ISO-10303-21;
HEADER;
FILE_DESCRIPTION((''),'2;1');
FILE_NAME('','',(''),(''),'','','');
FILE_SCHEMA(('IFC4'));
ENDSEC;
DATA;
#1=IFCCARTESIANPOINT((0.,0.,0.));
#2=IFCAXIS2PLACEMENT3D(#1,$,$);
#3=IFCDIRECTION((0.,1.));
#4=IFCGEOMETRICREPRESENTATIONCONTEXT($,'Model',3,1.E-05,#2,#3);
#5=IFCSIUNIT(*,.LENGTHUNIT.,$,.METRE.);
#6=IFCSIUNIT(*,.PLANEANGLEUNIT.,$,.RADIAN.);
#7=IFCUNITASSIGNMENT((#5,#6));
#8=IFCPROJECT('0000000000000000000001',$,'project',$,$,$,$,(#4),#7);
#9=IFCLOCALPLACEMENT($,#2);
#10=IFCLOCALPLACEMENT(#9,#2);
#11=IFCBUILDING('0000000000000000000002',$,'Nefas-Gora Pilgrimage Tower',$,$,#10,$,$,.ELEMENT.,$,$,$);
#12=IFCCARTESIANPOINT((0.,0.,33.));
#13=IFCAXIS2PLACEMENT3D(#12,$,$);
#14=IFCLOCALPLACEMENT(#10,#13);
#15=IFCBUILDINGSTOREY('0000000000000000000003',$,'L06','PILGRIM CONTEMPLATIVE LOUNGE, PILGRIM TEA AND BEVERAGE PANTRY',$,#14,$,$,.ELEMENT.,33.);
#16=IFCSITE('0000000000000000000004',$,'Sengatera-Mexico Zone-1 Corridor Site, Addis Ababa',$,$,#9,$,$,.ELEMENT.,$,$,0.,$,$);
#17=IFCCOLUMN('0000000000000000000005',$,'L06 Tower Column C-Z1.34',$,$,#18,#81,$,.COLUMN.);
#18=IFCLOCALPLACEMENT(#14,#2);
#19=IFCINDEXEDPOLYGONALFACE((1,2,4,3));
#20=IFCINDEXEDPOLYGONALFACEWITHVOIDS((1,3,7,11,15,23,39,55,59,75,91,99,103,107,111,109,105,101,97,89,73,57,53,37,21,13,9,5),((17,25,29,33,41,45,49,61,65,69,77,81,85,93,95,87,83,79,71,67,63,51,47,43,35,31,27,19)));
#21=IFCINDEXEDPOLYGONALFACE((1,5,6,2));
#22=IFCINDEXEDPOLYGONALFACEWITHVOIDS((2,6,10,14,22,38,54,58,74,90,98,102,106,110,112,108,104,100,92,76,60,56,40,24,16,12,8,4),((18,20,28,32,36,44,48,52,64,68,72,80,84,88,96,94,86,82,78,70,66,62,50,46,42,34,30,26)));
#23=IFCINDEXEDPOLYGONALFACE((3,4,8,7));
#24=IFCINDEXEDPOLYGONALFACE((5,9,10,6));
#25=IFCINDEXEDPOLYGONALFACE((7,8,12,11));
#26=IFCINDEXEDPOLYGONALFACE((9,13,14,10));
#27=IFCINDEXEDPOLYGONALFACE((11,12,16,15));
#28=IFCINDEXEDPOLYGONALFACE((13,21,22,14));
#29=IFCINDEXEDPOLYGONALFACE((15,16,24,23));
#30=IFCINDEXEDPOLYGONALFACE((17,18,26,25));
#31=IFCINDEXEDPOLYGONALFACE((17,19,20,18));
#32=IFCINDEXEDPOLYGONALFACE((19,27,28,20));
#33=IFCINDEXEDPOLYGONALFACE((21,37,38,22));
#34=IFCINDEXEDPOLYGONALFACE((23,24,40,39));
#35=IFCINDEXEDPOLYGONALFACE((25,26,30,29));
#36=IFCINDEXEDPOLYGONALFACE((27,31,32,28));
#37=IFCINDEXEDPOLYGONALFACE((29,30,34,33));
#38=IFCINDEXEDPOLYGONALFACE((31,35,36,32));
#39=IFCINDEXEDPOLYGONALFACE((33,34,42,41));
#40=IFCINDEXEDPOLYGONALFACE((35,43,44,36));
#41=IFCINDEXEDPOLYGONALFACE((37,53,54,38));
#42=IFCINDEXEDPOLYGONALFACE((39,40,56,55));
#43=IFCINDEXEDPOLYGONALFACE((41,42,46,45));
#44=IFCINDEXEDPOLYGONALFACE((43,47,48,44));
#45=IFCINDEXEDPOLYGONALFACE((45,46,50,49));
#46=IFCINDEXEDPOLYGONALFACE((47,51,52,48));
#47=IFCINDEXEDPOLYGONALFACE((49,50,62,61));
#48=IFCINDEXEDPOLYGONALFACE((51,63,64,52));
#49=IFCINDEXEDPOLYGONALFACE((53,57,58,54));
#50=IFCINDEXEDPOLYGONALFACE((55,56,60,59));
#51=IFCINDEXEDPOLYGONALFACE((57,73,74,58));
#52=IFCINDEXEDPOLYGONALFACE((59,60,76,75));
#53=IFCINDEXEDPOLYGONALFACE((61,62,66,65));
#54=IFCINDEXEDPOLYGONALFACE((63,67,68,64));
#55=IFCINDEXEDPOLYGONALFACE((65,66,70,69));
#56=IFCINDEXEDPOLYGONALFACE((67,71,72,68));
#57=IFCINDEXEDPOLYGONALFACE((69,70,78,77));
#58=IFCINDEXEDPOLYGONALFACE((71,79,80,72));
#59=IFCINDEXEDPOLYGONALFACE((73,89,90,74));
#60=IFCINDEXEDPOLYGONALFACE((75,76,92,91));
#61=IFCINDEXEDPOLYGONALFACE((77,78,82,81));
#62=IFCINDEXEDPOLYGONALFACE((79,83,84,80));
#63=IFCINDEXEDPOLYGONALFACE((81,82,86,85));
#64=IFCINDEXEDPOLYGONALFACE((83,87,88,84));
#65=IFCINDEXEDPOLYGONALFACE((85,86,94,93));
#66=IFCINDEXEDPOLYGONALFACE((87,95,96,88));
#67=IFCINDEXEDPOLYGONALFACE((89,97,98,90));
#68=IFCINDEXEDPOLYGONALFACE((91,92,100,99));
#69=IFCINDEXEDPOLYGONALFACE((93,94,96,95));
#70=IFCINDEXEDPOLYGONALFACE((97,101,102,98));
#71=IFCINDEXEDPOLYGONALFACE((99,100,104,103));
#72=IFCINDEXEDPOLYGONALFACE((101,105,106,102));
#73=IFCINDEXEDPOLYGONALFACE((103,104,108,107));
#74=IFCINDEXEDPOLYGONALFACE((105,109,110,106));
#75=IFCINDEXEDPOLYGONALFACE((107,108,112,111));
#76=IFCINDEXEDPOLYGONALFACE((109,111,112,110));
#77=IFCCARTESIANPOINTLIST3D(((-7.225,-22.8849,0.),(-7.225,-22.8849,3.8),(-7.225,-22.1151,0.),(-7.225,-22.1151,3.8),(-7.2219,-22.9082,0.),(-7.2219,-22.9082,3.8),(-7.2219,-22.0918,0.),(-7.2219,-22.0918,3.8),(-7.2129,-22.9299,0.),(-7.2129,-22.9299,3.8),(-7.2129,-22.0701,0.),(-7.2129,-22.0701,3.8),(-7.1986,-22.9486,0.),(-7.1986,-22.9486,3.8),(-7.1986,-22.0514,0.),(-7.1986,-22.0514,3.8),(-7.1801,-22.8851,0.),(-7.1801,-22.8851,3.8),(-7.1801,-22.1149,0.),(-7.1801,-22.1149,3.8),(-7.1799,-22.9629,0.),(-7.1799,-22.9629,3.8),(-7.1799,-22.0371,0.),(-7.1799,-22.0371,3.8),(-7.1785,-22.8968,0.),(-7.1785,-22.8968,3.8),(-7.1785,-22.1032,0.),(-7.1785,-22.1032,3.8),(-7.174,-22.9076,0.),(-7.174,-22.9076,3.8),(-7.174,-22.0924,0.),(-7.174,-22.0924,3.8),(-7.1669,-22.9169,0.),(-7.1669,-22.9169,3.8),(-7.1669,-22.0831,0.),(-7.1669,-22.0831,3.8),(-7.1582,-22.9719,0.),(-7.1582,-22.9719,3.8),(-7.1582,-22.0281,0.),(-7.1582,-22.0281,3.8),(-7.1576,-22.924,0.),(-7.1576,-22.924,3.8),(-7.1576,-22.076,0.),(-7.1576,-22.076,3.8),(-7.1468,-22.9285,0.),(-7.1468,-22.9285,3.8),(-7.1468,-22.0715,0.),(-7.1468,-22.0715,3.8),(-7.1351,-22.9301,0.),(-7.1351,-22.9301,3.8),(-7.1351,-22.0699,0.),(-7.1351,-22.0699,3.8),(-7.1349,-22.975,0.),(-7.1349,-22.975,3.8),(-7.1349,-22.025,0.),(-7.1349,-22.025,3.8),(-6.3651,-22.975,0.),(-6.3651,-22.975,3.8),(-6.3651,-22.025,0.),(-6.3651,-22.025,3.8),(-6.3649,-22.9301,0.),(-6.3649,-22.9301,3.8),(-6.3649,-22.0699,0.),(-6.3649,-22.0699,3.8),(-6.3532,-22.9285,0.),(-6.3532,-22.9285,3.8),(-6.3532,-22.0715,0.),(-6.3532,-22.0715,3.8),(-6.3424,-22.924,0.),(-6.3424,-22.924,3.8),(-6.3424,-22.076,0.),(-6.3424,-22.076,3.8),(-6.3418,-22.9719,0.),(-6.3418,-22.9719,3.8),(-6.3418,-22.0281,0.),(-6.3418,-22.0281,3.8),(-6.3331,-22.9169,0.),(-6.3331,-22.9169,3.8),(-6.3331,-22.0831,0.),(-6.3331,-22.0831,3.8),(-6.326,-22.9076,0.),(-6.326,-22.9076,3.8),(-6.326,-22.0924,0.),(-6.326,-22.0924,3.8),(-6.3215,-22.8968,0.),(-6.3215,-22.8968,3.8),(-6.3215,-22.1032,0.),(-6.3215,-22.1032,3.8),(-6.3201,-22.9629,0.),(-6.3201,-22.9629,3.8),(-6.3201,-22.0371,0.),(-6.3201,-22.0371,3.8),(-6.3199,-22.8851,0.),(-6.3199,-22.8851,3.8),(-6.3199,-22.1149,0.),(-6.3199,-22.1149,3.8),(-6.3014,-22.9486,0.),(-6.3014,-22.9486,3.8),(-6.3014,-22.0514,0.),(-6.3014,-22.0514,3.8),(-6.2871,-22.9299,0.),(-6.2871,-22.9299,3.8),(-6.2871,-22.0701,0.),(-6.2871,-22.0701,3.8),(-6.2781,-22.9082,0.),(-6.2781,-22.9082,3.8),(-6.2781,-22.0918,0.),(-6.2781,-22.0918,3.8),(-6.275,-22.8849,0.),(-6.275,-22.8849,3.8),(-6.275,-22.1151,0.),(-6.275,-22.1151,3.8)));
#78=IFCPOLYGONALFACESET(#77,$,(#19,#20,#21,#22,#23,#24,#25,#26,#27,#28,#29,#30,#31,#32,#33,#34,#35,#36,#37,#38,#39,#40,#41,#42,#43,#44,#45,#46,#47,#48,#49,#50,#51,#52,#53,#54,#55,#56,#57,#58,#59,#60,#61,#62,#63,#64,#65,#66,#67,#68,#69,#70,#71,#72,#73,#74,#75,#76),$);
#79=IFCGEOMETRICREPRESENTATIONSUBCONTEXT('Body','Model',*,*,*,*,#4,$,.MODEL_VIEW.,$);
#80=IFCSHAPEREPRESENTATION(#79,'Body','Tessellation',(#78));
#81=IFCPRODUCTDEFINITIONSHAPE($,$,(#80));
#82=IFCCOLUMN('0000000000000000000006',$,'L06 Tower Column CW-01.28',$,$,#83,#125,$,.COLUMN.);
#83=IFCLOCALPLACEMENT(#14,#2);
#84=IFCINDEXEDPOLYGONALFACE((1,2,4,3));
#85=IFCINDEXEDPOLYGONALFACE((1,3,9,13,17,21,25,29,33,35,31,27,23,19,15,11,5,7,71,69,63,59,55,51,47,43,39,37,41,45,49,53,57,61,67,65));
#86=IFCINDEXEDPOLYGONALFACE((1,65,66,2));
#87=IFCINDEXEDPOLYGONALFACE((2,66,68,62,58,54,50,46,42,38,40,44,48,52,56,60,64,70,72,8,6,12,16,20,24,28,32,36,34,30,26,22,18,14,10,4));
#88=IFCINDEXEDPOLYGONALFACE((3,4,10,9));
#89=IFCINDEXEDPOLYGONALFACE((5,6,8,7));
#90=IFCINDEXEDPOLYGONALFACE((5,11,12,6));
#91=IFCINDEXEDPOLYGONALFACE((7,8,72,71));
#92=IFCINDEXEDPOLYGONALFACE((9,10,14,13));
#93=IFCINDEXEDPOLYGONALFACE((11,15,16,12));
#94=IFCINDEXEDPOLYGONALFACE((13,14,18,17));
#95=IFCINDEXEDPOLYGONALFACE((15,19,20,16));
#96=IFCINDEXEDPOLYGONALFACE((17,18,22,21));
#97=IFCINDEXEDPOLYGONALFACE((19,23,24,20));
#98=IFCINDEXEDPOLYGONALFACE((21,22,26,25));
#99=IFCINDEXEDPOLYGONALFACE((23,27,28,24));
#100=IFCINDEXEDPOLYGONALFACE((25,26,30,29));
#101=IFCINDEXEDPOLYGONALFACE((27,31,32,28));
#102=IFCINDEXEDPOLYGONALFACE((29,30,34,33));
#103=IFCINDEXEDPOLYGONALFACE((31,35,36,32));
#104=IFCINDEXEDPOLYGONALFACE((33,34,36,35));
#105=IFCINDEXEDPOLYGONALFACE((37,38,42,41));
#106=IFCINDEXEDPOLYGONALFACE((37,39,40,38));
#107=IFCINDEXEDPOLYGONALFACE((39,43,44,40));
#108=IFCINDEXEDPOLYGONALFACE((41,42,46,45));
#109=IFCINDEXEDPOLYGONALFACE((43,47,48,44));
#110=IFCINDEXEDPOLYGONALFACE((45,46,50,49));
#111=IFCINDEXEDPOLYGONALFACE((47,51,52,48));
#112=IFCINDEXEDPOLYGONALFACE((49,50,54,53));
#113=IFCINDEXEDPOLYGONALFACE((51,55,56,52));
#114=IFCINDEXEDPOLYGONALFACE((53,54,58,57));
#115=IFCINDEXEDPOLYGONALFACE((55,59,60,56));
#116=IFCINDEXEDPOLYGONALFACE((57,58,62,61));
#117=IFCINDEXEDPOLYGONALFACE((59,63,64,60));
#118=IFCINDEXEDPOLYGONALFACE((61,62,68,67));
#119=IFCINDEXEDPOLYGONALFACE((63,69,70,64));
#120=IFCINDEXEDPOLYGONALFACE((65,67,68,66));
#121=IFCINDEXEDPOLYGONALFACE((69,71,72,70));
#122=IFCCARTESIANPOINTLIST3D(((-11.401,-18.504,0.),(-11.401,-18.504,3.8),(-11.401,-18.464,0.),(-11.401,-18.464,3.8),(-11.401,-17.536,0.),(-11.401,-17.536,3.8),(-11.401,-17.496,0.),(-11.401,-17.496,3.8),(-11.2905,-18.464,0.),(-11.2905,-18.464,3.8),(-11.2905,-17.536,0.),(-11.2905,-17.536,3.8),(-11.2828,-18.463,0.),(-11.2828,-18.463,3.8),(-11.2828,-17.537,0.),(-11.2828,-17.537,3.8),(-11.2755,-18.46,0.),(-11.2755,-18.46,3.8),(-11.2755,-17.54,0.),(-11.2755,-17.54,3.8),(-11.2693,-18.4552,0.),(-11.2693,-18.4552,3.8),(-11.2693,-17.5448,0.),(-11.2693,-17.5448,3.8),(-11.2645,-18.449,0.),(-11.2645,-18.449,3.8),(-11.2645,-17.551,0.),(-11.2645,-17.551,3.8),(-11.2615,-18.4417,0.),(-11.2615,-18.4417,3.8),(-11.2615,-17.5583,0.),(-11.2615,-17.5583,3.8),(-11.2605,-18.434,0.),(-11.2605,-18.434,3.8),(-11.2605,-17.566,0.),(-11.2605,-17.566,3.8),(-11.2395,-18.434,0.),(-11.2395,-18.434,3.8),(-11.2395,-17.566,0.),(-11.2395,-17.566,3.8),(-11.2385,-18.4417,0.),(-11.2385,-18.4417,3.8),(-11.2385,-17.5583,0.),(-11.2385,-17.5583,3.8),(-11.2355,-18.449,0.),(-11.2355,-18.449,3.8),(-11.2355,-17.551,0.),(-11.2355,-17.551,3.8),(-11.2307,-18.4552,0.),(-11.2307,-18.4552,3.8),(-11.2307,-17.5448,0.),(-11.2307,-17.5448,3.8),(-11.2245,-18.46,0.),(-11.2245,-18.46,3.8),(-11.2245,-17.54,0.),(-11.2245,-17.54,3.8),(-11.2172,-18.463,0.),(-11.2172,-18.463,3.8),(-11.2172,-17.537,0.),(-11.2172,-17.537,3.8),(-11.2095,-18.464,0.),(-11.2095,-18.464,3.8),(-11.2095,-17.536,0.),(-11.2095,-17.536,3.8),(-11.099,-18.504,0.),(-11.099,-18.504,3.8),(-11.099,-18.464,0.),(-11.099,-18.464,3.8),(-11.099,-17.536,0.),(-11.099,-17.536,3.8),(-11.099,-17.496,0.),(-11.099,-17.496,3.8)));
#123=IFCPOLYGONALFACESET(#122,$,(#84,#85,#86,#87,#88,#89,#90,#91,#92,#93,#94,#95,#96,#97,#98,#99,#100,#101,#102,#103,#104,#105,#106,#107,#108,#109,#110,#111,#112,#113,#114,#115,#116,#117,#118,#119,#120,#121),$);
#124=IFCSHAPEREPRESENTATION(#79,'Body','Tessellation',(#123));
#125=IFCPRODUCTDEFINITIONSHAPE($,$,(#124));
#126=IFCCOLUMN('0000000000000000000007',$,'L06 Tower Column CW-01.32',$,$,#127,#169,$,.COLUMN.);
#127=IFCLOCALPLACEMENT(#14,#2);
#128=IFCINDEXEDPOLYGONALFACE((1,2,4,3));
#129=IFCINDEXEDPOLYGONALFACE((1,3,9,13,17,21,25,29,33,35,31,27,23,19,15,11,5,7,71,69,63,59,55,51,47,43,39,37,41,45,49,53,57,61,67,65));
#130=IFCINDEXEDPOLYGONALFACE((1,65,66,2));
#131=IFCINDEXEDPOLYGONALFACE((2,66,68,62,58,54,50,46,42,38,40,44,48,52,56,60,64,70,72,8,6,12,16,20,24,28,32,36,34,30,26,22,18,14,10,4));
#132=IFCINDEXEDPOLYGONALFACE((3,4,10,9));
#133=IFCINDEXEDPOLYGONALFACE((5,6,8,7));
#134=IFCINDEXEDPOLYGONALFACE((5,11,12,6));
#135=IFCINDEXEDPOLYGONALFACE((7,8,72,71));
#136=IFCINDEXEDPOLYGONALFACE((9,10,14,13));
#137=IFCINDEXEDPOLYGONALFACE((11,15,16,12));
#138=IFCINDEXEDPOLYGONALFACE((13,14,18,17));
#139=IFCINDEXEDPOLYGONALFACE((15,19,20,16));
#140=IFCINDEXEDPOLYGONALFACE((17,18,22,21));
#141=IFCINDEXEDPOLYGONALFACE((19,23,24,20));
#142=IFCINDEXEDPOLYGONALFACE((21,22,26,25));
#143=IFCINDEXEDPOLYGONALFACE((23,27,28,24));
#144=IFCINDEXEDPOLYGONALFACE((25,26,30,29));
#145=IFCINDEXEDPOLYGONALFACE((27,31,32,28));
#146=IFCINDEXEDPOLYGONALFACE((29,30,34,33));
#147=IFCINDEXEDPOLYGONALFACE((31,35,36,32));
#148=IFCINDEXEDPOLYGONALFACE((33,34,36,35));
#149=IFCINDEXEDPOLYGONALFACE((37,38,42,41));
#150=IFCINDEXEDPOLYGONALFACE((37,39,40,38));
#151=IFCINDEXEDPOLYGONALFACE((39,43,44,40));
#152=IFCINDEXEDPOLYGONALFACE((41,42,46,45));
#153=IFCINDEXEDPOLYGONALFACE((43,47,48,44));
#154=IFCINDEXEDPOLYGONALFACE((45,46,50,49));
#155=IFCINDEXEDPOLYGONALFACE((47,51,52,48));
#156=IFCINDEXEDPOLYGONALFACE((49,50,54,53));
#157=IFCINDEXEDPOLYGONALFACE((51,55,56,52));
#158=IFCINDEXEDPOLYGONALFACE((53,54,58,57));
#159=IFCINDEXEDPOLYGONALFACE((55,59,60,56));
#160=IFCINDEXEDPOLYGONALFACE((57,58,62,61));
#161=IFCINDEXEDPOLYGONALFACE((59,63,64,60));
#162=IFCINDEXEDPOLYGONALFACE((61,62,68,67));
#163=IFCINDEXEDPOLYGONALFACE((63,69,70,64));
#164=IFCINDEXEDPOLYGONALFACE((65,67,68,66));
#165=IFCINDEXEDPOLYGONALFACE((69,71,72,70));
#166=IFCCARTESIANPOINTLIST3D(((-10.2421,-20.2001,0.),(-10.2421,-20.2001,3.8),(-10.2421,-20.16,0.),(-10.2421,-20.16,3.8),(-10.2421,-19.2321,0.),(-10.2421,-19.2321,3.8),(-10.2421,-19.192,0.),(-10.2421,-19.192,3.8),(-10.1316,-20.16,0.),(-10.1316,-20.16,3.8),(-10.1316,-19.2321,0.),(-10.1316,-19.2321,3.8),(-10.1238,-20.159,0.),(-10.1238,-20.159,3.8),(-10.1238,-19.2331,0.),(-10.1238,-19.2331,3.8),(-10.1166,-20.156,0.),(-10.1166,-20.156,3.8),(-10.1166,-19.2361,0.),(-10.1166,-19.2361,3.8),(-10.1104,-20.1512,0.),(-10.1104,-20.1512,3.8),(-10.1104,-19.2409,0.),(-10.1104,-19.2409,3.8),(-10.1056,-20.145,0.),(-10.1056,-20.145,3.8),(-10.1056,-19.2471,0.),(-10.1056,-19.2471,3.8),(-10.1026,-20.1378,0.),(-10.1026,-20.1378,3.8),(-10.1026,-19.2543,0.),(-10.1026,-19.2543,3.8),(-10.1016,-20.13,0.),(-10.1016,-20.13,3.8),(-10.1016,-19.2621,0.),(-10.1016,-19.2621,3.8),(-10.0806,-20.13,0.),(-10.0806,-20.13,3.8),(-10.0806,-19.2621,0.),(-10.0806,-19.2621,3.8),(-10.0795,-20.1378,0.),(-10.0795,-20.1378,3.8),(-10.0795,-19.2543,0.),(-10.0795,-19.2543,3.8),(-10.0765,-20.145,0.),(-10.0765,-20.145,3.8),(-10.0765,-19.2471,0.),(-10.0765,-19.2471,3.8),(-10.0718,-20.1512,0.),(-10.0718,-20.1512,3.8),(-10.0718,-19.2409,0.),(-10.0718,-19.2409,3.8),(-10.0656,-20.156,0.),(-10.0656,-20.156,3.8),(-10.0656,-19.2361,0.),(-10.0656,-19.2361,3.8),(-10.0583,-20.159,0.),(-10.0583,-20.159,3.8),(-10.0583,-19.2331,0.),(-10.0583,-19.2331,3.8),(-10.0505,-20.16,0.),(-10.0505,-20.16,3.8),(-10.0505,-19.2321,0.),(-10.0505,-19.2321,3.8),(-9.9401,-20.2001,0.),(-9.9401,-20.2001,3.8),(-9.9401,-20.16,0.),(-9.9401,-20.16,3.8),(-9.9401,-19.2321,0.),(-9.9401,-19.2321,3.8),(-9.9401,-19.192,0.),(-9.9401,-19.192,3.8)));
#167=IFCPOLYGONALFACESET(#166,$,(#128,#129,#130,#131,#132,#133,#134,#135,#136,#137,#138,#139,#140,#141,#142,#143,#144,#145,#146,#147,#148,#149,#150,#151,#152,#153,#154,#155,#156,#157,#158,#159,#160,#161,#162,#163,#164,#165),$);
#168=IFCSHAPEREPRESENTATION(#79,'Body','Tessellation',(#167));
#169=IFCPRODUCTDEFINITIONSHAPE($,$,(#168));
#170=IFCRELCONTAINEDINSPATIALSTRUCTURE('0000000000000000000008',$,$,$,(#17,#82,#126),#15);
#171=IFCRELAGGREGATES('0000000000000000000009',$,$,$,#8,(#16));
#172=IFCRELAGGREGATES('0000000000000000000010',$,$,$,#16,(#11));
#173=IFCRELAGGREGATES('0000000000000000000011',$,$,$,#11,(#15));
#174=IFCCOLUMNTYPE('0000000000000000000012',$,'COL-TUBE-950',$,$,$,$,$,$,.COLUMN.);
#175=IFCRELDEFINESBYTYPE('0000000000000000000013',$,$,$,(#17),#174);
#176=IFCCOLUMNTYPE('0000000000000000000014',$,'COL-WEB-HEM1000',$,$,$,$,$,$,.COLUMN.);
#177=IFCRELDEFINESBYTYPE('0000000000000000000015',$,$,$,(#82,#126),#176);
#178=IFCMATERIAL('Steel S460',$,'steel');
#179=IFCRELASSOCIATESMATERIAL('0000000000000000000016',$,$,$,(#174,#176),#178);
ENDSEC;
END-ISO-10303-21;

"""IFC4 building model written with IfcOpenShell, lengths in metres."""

from ifc_helpers import new_model, si_unit, direction, frame, origin, origin_2d, place, context, subcontext, project, spatial, hollow_rectangle, i_section, extrude, source, transform, mapped, material, material_profile, profile_set, type_object, element, save


model = new_model("IFC4")

# Units and contexts
model_context = context("Model", 3, precision=1e-05, world=origin(), true_north=direction((0.0, 1.0)))
body_context = subcontext(model_context, "Body", "Model", "MODEL_VIEW")
ifc_project = project(units=[si_unit("LENGTHUNIT", "METRE"), si_unit("PLANEANGLEUNIT", "RADIAN")], contexts=[model_context])

# Site, building, storey
site_placement = place(None, origin())
site = spatial("IfcSite", under=ifc_project, at=site_placement, Name="Sengatera-Mexico Zone-1 Corridor Site, Addis Ababa", CompositionType="ELEMENT", RefElevation=0.0)
building_placement = place(site_placement, origin())
building = spatial("IfcBuilding", under=site, at=building_placement, Name="Nefas-Gora Pilgrimage Tower", CompositionType="ELEMENT")
storey_placement = place(building_placement, frame((0.0, 0.0, 33.0)))
storey = spatial("IfcBuildingStorey", under=building, at=storey_placement, Name="L06", Description="PILGRIM CONTEMPLATIVE LOUNGE, PILGRIM TEA AND BEVERAGE PANTRY", CompositionType="ELEMENT", Elevation=33.0)

# Columns
ifc_material_1 = material(Name="Steel S460", Category="steel")
ifc_material_profile_1 = material_profile(ifc_material_1, hollow_rectangle(XDim=0.95, YDim=0.95, WallThickness=0.0449, InnerFilletRadius=0.0449, OuterFilletRadius=0.0901, at=origin_2d()), Name="BOX 950x950x45")
ifc_profile_set_1 = profile_set([ifc_material_profile_1], Name="Steel S460")
column_type_1 = type_object("IfcColumnType", Name="COL-TUBE-950", PredefinedType="COLUMN", material=ifc_profile_set_1)
shared_shape_1 = source(origin(), body_context, "Body", "SweptSolid", [
    extrude(hollow_rectangle(XDim=0.95, YDim=0.95, WallThickness=0.0449, InnerFilletRadius=0.0449, OuterFilletRadius=0.0901, at=origin_2d()), origin(), (0.0, 0.0, 1.0), 3.8),
])
column_placement = place(storey_placement, frame((-6.75, -22.5, 0.0), z_axis=(0.0, 0.0, 1.0), x_axis=(1.0, 0.0, 0.0)))
element("IfcColumn", 1, at=column_placement, inside=storey, type_object=column_type_1, Name="L06 Tower Column C-Z1.34", PredefinedType="COLUMN", context=body_context, shape_type="MappedRepresentation", body=[
    mapped(shared_shape_1, transform((0.0, 0.0, 0.0), x_axis=(1.0, 0.0, 0.0), y_axis=(0.0, 1.0, 0.0), z_axis=(0.0, 0.0, 1.0), scale=1.0)),
])
ifc_material_profile_2 = material_profile(ifc_material_1, i_section(OverallWidth=0.302, OverallDepth=1.0081, WebThickness=0.021, FlangeThickness=0.04, FilletRadius=0.03, at=origin_2d()), Name="HEM 1000")
ifc_profile_set_2 = profile_set([ifc_material_profile_2], Name="Steel S460")
column_type_2 = type_object("IfcColumnType", Name="COL-WEB-HEM1000", PredefinedType="COLUMN", material=ifc_profile_set_2)
shared_shape_2 = source(origin(), body_context, "Body", "SweptSolid", [
    extrude(i_section(OverallWidth=0.302, OverallDepth=1.0081, WebThickness=0.021, FlangeThickness=0.04, FilletRadius=0.03, at=origin_2d()), origin(), (0.0, 0.0, 1.0), 3.8),
])
for number, where, z_axis, x_axis, name in (
    (2, (-11.25, -18.0, 0.0), (0.0, 0.0, 1.0), (1.0, 0.0, 0.0), "L06 Tower Column CW-01.28"),
    (3, (-10.0911, -19.696, 0.0), (0.0, 0.0, 1.0), (1.0, 0.0, 0.0), "L06 Tower Column CW-01.32"),
):
    element("IfcColumn", number, at=place(storey_placement, frame(where, z_axis=z_axis, x_axis=x_axis)), inside=storey, type_object=column_type_2, Name=name, PredefinedType="COLUMN", context=body_context, shape_type="MappedRepresentation", body=[
        mapped(shared_shape_2, transform((0.0, 0.0, 0.0), x_axis=(1.0, 0.0, 0.0), y_axis=(0.0, 1.0, 0.0), z_axis=(0.0, 0.0, 1.0), scale=1.0)),
    ])

save(model, "model.ifc")
